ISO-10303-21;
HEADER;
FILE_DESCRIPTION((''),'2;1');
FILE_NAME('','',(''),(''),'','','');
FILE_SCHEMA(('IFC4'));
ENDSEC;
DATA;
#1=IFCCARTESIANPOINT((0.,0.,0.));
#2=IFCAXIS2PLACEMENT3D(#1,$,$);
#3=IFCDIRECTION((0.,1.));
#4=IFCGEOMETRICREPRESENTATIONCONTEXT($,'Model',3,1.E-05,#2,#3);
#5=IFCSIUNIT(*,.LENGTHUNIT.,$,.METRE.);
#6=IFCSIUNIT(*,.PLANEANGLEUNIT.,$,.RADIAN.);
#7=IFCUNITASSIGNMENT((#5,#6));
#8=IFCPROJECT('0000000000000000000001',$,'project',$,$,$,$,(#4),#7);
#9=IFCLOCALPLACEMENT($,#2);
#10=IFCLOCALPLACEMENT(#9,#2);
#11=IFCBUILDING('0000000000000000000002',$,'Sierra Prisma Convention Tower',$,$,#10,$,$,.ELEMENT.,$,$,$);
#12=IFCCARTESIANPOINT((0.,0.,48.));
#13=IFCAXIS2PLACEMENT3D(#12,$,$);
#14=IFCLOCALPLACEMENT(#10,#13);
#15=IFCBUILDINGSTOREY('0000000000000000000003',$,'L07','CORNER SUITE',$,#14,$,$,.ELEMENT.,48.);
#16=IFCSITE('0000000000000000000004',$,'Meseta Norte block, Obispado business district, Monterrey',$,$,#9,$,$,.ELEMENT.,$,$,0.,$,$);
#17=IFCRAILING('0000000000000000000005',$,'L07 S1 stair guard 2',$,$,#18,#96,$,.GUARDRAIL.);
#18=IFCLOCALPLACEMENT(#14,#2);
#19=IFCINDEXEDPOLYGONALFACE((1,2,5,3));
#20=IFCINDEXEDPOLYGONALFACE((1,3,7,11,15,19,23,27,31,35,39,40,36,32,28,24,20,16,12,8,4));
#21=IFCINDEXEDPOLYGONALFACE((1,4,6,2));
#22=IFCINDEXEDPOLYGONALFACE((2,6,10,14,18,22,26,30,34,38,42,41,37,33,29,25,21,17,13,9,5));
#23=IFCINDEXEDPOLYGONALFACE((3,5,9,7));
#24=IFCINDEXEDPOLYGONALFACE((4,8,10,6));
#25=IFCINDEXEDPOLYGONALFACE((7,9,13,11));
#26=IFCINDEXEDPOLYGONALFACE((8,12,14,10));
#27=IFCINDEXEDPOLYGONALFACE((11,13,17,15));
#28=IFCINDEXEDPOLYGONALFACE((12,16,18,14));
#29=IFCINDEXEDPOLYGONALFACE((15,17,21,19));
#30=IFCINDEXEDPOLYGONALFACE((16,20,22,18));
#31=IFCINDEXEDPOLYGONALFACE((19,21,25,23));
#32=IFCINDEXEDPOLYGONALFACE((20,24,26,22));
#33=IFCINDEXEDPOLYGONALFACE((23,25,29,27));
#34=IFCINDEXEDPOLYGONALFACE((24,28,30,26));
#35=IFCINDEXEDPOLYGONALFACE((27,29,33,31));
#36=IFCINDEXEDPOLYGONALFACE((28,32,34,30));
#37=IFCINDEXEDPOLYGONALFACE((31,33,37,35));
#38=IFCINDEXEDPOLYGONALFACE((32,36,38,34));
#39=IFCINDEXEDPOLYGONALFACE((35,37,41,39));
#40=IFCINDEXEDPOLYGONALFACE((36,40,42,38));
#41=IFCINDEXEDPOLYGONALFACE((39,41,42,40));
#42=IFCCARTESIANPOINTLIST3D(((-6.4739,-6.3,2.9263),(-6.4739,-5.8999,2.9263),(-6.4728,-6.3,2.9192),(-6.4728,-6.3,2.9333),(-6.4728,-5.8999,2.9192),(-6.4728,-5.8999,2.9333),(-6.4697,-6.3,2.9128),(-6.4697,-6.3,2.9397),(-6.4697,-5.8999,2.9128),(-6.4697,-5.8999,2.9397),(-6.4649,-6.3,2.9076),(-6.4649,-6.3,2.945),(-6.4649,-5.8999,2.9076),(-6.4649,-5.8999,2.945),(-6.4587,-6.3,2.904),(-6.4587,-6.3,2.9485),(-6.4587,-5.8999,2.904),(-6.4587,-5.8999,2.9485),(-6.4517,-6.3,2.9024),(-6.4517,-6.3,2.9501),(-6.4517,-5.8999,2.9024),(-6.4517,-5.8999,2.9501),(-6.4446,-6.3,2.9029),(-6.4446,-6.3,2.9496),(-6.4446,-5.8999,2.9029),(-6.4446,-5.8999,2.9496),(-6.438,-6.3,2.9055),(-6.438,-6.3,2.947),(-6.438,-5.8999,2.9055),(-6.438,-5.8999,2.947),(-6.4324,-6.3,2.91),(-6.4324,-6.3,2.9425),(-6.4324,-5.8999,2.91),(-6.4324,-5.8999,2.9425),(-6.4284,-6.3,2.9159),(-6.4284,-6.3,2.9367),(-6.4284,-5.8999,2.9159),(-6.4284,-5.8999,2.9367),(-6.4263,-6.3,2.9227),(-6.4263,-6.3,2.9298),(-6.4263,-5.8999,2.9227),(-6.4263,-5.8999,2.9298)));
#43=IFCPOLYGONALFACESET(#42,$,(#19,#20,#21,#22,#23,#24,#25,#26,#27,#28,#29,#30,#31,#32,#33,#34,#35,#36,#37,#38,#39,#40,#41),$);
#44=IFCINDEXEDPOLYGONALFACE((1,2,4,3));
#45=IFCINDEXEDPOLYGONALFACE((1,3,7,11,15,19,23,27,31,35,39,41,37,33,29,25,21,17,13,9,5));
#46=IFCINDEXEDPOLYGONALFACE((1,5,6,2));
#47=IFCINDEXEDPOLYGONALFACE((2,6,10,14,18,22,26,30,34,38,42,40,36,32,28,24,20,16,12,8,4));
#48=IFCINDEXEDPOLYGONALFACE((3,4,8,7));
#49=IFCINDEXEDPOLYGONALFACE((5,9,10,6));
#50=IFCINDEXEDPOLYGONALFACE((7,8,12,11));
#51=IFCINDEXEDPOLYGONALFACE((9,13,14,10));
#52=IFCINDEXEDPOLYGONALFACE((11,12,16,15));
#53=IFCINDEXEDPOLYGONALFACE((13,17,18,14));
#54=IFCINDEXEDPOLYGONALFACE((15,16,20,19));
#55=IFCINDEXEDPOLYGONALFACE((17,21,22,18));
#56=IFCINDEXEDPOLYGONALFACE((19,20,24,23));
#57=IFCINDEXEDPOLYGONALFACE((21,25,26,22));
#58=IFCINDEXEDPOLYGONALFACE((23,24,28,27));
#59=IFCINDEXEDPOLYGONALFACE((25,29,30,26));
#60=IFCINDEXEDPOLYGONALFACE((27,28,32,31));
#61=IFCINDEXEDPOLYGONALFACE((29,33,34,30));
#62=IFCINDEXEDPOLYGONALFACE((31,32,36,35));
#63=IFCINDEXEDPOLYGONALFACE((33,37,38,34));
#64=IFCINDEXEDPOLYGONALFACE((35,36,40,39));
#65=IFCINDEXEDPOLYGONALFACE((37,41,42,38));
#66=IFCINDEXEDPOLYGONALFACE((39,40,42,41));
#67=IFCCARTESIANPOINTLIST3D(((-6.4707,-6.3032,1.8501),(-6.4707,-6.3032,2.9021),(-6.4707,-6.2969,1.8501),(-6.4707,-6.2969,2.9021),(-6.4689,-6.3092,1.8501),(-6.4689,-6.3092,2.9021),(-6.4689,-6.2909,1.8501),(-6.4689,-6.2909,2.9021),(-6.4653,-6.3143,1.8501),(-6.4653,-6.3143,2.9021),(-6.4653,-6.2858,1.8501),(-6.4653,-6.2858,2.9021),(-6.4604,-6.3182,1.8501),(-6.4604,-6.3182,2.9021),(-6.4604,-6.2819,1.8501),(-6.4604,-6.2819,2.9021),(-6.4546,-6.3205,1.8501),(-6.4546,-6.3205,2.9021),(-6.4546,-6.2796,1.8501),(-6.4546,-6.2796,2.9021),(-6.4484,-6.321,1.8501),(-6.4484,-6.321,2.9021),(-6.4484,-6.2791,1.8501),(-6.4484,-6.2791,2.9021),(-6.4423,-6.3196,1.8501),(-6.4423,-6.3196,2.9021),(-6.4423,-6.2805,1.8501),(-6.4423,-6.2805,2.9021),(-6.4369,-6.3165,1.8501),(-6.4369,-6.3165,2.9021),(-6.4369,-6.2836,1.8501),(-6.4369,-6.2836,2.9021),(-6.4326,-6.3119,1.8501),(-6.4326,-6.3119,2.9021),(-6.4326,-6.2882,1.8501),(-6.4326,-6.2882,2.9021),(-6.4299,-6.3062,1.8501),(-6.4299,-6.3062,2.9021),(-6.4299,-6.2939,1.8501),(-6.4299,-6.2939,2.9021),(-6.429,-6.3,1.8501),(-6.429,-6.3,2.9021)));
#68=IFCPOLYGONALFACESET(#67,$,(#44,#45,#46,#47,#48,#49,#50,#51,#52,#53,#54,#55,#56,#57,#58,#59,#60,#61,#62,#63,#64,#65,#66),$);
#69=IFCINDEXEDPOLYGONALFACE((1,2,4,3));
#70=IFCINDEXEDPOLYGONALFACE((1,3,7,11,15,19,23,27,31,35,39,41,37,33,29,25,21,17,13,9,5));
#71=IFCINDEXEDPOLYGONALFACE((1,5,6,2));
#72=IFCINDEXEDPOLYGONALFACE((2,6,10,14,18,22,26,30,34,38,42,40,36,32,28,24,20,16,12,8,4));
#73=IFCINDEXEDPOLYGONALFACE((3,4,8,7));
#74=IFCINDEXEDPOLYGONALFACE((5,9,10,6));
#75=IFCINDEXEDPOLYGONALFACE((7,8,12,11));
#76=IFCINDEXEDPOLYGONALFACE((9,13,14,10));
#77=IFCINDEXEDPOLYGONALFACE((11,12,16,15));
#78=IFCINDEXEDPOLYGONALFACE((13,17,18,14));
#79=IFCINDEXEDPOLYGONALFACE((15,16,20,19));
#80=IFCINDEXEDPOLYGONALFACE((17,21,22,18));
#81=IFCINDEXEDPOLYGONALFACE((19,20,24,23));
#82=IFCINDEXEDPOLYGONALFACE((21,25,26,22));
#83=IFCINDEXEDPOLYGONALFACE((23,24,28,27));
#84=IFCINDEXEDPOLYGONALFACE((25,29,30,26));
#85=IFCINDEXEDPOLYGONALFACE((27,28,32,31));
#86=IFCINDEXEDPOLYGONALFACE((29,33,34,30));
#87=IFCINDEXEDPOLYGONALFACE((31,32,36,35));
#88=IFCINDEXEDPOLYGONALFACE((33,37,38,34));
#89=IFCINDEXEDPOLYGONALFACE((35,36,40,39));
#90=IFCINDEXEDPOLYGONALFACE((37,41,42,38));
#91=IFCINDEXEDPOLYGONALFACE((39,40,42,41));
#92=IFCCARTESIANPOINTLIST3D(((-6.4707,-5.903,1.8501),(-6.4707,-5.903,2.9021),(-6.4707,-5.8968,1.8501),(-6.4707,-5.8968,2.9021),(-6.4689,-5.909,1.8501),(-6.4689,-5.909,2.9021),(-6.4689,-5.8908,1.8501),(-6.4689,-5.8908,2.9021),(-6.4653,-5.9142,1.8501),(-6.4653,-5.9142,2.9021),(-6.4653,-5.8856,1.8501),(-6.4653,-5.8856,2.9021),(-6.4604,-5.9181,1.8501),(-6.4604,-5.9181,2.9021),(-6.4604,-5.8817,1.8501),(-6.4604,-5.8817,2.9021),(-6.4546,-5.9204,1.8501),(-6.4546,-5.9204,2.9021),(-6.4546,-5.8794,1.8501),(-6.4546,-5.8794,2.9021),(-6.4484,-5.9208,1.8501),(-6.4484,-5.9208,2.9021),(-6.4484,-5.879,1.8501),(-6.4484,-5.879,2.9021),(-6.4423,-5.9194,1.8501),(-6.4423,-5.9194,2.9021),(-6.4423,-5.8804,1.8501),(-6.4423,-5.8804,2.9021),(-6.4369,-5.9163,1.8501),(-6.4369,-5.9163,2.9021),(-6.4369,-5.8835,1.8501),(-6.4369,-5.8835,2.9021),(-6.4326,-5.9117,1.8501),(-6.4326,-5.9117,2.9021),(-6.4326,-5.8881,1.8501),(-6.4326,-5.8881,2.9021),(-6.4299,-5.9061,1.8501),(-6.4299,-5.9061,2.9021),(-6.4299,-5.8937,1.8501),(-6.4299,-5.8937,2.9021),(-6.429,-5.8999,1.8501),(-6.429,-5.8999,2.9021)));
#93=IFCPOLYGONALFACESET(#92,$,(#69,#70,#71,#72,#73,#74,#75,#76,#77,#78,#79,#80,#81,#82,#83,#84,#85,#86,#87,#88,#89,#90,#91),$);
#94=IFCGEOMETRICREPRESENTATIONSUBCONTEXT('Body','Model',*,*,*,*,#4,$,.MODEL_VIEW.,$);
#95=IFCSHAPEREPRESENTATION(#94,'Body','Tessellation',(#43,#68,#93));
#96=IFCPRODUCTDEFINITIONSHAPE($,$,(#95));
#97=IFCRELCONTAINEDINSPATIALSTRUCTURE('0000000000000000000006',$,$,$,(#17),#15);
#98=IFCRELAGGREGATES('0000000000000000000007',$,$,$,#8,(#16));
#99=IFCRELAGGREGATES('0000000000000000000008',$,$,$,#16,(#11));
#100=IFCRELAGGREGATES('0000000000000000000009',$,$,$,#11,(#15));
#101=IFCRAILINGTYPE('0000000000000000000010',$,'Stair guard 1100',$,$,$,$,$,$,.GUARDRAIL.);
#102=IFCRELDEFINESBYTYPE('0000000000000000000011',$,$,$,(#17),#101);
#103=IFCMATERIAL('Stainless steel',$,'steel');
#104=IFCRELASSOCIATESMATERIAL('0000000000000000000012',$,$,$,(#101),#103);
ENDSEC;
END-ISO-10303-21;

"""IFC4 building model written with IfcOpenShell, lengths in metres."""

from ifc_helpers import new_model, si_unit, direction, frame, origin, origin_2d, place, context, subcontext, project, spatial, circle, extrude, material, type_object, element, save


model = new_model("IFC4")

# Units and contexts
model_context = context("Model", 3, precision=1e-05, world=origin(), true_north=direction((0.0, 1.0)))
body_context = subcontext(model_context, "Body", "Model", "MODEL_VIEW")
ifc_project = project(units=[si_unit("LENGTHUNIT", "METRE"), si_unit("PLANEANGLEUNIT", "RADIAN")], contexts=[model_context])

# Site, building, storey
site_placement = place(None, origin())
site = spatial("IfcSite", under=ifc_project, at=site_placement, Name="Meseta Norte block, Obispado business district, Monterrey", CompositionType="ELEMENT", RefElevation=0.0)
building_placement = place(site_placement, origin())
building = spatial("IfcBuilding", under=site, at=building_placement, Name="Sierra Prisma Convention Tower", CompositionType="ELEMENT")
storey_placement = place(building_placement, frame((0.0, 0.0, 48.0)))
storey = spatial("IfcBuildingStorey", under=building, at=storey_placement, Name="L07", Description="CORNER SUITE", CompositionType="ELEMENT", Elevation=48.0)

# Railing
ifc_material_1 = material(Name="Stainless steel", Category="steel")
railing_type_1 = type_object("IfcRailingType", Name="Stair guard 1100", PredefinedType="GUARDRAIL", material=ifc_material_1)
railing_1_placement = place(storey_placement, frame((-6.45, -6.3, 1.8501)))
element("IfcRailing", 1, at=railing_1_placement, inside=storey, type_object=railing_type_1, Name="L07 S1 stair guard 2", PredefinedType="GUARDRAIL", context=body_context, shape_type="SweptSolid", body=[
    extrude(circle(Radius=0.0239, at=origin_2d()), frame((0.0, 0.0, 1.0762), z_axis=(0.0, 1.0, 0.0), x_axis=(-1.0, 0.0, 0.0)), (0.0, 0.0, 1.0), 0.4001),
    extrude(circle(Radius=0.021, at=origin_2d()), origin(), (0.0, 0.0, 1.0), 1.052),
    extrude(circle(Radius=0.021, at=origin_2d()), frame((0.0, 0.4001, 0.0)), (0.0, 0.0, 1.0), 1.052),
])

save(model, "model.ifc")
